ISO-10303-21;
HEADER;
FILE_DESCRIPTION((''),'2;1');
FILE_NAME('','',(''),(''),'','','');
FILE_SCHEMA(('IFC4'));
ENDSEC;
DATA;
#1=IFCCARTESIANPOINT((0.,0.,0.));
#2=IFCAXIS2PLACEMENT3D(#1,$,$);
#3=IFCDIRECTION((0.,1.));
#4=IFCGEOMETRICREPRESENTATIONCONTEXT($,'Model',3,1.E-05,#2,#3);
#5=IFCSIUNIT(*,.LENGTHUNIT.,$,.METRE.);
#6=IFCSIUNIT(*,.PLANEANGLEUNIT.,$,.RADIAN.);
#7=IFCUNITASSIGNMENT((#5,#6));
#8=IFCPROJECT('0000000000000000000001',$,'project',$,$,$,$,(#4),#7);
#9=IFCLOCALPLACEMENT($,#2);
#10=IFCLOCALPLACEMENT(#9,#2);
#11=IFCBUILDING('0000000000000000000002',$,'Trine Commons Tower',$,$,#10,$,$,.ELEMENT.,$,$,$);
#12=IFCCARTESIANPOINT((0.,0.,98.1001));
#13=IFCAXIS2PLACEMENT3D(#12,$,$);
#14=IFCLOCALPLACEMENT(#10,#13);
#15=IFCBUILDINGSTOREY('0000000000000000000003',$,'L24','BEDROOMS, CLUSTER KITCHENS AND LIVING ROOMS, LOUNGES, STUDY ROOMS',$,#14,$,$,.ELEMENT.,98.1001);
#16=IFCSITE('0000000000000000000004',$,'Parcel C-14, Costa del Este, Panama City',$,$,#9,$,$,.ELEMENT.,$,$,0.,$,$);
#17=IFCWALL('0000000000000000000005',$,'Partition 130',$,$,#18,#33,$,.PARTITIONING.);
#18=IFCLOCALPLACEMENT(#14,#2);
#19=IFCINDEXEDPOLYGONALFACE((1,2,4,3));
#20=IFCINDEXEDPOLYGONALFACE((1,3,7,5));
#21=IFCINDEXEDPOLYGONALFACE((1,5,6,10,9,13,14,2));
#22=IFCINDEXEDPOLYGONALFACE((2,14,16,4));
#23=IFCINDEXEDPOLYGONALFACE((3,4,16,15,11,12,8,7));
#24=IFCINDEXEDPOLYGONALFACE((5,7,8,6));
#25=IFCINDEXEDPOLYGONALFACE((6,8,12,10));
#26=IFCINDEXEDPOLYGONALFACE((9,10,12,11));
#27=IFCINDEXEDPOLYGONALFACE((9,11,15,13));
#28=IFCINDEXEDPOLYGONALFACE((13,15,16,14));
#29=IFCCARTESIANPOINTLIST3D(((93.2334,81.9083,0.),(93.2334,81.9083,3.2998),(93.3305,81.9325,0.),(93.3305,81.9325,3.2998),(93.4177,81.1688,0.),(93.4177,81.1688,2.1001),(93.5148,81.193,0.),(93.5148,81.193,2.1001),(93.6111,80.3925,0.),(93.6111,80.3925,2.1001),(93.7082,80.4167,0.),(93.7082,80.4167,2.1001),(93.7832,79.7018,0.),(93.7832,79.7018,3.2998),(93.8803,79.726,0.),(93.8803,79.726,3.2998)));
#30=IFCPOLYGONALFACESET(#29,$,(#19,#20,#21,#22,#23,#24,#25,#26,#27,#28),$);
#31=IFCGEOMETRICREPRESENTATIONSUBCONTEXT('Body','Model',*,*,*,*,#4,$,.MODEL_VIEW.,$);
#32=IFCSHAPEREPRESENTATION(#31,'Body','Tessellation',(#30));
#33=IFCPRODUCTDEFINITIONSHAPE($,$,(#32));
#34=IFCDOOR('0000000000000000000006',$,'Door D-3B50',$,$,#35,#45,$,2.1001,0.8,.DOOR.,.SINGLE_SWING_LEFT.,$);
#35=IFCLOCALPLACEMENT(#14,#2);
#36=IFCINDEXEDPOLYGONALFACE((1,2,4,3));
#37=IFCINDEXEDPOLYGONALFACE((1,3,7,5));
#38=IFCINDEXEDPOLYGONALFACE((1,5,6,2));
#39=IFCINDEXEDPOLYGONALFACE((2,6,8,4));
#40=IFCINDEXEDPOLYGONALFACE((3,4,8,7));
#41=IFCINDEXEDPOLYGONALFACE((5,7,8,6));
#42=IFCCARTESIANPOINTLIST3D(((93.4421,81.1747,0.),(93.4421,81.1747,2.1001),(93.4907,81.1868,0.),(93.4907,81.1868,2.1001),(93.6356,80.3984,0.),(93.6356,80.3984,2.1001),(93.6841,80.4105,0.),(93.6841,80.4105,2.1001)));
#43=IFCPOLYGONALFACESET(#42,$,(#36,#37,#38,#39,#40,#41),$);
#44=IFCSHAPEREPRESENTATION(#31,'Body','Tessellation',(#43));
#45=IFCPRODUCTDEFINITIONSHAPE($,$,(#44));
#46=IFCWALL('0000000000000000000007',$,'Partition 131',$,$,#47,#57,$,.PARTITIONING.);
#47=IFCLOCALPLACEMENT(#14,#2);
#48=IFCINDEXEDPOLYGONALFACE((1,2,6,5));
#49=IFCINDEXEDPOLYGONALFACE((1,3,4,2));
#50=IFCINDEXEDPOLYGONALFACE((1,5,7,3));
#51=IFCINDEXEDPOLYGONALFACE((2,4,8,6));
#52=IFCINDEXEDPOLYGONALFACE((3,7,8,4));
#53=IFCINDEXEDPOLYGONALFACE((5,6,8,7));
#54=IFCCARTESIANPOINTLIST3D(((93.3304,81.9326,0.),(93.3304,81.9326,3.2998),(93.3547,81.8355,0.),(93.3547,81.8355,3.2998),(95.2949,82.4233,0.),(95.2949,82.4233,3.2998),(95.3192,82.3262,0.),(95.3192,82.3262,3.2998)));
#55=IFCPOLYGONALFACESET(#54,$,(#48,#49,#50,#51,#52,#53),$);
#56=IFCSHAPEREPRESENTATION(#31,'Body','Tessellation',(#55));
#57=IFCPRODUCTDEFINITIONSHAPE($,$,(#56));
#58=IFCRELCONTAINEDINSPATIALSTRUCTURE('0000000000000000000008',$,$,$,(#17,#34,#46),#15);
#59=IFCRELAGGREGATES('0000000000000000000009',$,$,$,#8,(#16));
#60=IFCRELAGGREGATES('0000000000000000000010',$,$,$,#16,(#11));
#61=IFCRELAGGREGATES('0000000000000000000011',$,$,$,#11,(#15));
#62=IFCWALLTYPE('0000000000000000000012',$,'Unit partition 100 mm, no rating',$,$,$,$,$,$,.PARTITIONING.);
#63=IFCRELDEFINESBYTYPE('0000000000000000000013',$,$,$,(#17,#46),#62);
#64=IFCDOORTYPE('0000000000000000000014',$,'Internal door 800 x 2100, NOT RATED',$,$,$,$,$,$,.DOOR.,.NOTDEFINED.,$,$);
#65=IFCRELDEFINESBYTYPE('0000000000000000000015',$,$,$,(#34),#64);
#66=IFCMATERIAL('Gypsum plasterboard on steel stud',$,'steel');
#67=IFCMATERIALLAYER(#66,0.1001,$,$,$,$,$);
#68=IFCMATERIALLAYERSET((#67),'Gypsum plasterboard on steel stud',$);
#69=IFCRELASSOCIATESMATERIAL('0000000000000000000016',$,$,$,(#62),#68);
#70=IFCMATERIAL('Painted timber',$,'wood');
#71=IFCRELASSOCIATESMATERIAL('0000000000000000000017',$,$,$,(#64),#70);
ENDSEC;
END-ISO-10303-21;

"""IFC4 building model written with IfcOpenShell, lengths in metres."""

from ifc_helpers import new_model, si_unit, direction, frame, frame_2d, origin, place, context, subcontext, project, spatial, rectangle, extrude, material, layer, layer_set, type_object, element, fill, save


model = new_model("IFC4")

# Units and contexts
model_context = context("Model", 3, precision=1e-05, world=origin(), true_north=direction((0.0, 1.0)))
body_context = subcontext(model_context, "Body", "Model", "MODEL_VIEW")
ifc_project = project(units=[si_unit("LENGTHUNIT", "METRE"), si_unit("PLANEANGLEUNIT", "RADIAN")], contexts=[model_context])

# Site, building, storey
site_placement = place(None, origin())
site = spatial("IfcSite", under=ifc_project, at=site_placement, Name="Parcel C-14, Costa del Este, Panama City", CompositionType="ELEMENT", RefElevation=0.0)
building_placement = place(site_placement, origin())
building = spatial("IfcBuilding", under=site, at=building_placement, Name="Trine Commons Tower", CompositionType="ELEMENT")
storey_placement = place(building_placement, frame((0.0, 0.0, 98.1001)))
storey = spatial("IfcBuildingStorey", under=building, at=storey_placement, Name="L24", Description="BEDROOMS, CLUSTER KITCHENS AND LIVING ROOMS, LOUNGES, STUDY ROOMS", CompositionType="ELEMENT", Elevation=98.1001)

# Shared definitions
ifc_material_1 = material(Name="Gypsum plasterboard on steel stud", Category="steel")

# Wall, opening, door
ifc_layer_1 = layer(ifc_material_1, 0.1001)
ifc_layer_set_1 = layer_set([ifc_layer_1], Name="Gypsum plasterboard on steel stud")
wall_type_1 = type_object("IfcWallType", Name="Unit partition 100 mm, no rating", PredefinedType="PARTITIONING", material=ifc_layer_set_1)
wall_1_placement = place(storey_placement, frame((93.282, 81.9204, 0.0), z_axis=(0.0, 0.0, 1.0), x_axis=(0.241778, -0.970332, 0.0)))
wall_1 = element("IfcWall", 1, at=wall_1_placement, inside=storey, type_object=wall_type_1, Name="Partition 130", PredefinedType="PARTITIONING", context=body_context, shape_type="SweptSolid", body=[
    extrude(rectangle(XDim=2.2739, YDim=0.1001, at=frame_2d((1.137, 0.0))), origin(), (0.0, 0.0, 1.0), 3.2998),
])
opening_1_placement = place(wall_1_placement, frame((0.7622, 0.0, 0.0)))
opening_1 = element("IfcOpeningElement", 2, at=opening_1_placement, cuts=wall_1, PredefinedType="OPENING", context=body_context, shape_type="SweptSolid", body=[
    extrude(rectangle(XDim=0.8, YDim=2.1001, at=frame_2d((0.3999, 1.05))), frame((0.0, 0.0601, 0.0), z_axis=(0.0, -1.0, 0.0), x_axis=(1.0, 0.0, 0.0)), (0.0, 0.0, 1.0), 0.1201),
])
ifc_material_2 = material(Name="Painted timber", Category="wood")
door_type_1 = type_object("IfcDoorType", Name="Internal door 800 x 2100, NOT RATED", OperationType="NOTDEFINED", PredefinedType="DOOR", material=ifc_material_2)
door_1_placement = place(opening_1_placement, frame((0.8, 0.0, 0.0), z_axis=(0.0, 0.0, 1.0), x_axis=(-1.0, 0.0, 0.0)))
door_1 = element("IfcDoor", 3, at=door_1_placement, inside=storey, type_object=door_type_1, Name="Door D-3B50", OperationType="SINGLE_SWING_LEFT", OverallHeight=2.1001, OverallWidth=0.8, PredefinedType="DOOR", context=body_context, shape_type="SweptSolid", body=[
    extrude(rectangle(XDim=0.8, YDim=2.1001, at=frame_2d((0.3999, 1.05))), frame((0.0, 0.0249, 0.0), z_axis=(0.0, -1.0, 0.0), x_axis=(1.0, 0.0, 0.0)), (0.0, 0.0, 1.0), 0.05),
])
fill(opening_1, door_1)

# Wall
wall_2_placement = place(storey_placement, frame((93.3425, 81.884, 0.0), z_axis=(0.0, 0.0, 1.0), x_axis=(0.970192, 0.242337, 0.0)))
element("IfcWall", 4, at=wall_2_placement, inside=storey, type_object=wall_type_1, Name="Partition 131", PredefinedType="PARTITIONING", context=body_context, shape_type="SweptSolid", body=[
    extrude(rectangle(XDim=2.0249, YDim=0.1001, at=frame_2d((1.0125, 0.0))), origin(), (0.0, 0.0, 1.0), 3.2998),
])

save(model, "model.ifc")
